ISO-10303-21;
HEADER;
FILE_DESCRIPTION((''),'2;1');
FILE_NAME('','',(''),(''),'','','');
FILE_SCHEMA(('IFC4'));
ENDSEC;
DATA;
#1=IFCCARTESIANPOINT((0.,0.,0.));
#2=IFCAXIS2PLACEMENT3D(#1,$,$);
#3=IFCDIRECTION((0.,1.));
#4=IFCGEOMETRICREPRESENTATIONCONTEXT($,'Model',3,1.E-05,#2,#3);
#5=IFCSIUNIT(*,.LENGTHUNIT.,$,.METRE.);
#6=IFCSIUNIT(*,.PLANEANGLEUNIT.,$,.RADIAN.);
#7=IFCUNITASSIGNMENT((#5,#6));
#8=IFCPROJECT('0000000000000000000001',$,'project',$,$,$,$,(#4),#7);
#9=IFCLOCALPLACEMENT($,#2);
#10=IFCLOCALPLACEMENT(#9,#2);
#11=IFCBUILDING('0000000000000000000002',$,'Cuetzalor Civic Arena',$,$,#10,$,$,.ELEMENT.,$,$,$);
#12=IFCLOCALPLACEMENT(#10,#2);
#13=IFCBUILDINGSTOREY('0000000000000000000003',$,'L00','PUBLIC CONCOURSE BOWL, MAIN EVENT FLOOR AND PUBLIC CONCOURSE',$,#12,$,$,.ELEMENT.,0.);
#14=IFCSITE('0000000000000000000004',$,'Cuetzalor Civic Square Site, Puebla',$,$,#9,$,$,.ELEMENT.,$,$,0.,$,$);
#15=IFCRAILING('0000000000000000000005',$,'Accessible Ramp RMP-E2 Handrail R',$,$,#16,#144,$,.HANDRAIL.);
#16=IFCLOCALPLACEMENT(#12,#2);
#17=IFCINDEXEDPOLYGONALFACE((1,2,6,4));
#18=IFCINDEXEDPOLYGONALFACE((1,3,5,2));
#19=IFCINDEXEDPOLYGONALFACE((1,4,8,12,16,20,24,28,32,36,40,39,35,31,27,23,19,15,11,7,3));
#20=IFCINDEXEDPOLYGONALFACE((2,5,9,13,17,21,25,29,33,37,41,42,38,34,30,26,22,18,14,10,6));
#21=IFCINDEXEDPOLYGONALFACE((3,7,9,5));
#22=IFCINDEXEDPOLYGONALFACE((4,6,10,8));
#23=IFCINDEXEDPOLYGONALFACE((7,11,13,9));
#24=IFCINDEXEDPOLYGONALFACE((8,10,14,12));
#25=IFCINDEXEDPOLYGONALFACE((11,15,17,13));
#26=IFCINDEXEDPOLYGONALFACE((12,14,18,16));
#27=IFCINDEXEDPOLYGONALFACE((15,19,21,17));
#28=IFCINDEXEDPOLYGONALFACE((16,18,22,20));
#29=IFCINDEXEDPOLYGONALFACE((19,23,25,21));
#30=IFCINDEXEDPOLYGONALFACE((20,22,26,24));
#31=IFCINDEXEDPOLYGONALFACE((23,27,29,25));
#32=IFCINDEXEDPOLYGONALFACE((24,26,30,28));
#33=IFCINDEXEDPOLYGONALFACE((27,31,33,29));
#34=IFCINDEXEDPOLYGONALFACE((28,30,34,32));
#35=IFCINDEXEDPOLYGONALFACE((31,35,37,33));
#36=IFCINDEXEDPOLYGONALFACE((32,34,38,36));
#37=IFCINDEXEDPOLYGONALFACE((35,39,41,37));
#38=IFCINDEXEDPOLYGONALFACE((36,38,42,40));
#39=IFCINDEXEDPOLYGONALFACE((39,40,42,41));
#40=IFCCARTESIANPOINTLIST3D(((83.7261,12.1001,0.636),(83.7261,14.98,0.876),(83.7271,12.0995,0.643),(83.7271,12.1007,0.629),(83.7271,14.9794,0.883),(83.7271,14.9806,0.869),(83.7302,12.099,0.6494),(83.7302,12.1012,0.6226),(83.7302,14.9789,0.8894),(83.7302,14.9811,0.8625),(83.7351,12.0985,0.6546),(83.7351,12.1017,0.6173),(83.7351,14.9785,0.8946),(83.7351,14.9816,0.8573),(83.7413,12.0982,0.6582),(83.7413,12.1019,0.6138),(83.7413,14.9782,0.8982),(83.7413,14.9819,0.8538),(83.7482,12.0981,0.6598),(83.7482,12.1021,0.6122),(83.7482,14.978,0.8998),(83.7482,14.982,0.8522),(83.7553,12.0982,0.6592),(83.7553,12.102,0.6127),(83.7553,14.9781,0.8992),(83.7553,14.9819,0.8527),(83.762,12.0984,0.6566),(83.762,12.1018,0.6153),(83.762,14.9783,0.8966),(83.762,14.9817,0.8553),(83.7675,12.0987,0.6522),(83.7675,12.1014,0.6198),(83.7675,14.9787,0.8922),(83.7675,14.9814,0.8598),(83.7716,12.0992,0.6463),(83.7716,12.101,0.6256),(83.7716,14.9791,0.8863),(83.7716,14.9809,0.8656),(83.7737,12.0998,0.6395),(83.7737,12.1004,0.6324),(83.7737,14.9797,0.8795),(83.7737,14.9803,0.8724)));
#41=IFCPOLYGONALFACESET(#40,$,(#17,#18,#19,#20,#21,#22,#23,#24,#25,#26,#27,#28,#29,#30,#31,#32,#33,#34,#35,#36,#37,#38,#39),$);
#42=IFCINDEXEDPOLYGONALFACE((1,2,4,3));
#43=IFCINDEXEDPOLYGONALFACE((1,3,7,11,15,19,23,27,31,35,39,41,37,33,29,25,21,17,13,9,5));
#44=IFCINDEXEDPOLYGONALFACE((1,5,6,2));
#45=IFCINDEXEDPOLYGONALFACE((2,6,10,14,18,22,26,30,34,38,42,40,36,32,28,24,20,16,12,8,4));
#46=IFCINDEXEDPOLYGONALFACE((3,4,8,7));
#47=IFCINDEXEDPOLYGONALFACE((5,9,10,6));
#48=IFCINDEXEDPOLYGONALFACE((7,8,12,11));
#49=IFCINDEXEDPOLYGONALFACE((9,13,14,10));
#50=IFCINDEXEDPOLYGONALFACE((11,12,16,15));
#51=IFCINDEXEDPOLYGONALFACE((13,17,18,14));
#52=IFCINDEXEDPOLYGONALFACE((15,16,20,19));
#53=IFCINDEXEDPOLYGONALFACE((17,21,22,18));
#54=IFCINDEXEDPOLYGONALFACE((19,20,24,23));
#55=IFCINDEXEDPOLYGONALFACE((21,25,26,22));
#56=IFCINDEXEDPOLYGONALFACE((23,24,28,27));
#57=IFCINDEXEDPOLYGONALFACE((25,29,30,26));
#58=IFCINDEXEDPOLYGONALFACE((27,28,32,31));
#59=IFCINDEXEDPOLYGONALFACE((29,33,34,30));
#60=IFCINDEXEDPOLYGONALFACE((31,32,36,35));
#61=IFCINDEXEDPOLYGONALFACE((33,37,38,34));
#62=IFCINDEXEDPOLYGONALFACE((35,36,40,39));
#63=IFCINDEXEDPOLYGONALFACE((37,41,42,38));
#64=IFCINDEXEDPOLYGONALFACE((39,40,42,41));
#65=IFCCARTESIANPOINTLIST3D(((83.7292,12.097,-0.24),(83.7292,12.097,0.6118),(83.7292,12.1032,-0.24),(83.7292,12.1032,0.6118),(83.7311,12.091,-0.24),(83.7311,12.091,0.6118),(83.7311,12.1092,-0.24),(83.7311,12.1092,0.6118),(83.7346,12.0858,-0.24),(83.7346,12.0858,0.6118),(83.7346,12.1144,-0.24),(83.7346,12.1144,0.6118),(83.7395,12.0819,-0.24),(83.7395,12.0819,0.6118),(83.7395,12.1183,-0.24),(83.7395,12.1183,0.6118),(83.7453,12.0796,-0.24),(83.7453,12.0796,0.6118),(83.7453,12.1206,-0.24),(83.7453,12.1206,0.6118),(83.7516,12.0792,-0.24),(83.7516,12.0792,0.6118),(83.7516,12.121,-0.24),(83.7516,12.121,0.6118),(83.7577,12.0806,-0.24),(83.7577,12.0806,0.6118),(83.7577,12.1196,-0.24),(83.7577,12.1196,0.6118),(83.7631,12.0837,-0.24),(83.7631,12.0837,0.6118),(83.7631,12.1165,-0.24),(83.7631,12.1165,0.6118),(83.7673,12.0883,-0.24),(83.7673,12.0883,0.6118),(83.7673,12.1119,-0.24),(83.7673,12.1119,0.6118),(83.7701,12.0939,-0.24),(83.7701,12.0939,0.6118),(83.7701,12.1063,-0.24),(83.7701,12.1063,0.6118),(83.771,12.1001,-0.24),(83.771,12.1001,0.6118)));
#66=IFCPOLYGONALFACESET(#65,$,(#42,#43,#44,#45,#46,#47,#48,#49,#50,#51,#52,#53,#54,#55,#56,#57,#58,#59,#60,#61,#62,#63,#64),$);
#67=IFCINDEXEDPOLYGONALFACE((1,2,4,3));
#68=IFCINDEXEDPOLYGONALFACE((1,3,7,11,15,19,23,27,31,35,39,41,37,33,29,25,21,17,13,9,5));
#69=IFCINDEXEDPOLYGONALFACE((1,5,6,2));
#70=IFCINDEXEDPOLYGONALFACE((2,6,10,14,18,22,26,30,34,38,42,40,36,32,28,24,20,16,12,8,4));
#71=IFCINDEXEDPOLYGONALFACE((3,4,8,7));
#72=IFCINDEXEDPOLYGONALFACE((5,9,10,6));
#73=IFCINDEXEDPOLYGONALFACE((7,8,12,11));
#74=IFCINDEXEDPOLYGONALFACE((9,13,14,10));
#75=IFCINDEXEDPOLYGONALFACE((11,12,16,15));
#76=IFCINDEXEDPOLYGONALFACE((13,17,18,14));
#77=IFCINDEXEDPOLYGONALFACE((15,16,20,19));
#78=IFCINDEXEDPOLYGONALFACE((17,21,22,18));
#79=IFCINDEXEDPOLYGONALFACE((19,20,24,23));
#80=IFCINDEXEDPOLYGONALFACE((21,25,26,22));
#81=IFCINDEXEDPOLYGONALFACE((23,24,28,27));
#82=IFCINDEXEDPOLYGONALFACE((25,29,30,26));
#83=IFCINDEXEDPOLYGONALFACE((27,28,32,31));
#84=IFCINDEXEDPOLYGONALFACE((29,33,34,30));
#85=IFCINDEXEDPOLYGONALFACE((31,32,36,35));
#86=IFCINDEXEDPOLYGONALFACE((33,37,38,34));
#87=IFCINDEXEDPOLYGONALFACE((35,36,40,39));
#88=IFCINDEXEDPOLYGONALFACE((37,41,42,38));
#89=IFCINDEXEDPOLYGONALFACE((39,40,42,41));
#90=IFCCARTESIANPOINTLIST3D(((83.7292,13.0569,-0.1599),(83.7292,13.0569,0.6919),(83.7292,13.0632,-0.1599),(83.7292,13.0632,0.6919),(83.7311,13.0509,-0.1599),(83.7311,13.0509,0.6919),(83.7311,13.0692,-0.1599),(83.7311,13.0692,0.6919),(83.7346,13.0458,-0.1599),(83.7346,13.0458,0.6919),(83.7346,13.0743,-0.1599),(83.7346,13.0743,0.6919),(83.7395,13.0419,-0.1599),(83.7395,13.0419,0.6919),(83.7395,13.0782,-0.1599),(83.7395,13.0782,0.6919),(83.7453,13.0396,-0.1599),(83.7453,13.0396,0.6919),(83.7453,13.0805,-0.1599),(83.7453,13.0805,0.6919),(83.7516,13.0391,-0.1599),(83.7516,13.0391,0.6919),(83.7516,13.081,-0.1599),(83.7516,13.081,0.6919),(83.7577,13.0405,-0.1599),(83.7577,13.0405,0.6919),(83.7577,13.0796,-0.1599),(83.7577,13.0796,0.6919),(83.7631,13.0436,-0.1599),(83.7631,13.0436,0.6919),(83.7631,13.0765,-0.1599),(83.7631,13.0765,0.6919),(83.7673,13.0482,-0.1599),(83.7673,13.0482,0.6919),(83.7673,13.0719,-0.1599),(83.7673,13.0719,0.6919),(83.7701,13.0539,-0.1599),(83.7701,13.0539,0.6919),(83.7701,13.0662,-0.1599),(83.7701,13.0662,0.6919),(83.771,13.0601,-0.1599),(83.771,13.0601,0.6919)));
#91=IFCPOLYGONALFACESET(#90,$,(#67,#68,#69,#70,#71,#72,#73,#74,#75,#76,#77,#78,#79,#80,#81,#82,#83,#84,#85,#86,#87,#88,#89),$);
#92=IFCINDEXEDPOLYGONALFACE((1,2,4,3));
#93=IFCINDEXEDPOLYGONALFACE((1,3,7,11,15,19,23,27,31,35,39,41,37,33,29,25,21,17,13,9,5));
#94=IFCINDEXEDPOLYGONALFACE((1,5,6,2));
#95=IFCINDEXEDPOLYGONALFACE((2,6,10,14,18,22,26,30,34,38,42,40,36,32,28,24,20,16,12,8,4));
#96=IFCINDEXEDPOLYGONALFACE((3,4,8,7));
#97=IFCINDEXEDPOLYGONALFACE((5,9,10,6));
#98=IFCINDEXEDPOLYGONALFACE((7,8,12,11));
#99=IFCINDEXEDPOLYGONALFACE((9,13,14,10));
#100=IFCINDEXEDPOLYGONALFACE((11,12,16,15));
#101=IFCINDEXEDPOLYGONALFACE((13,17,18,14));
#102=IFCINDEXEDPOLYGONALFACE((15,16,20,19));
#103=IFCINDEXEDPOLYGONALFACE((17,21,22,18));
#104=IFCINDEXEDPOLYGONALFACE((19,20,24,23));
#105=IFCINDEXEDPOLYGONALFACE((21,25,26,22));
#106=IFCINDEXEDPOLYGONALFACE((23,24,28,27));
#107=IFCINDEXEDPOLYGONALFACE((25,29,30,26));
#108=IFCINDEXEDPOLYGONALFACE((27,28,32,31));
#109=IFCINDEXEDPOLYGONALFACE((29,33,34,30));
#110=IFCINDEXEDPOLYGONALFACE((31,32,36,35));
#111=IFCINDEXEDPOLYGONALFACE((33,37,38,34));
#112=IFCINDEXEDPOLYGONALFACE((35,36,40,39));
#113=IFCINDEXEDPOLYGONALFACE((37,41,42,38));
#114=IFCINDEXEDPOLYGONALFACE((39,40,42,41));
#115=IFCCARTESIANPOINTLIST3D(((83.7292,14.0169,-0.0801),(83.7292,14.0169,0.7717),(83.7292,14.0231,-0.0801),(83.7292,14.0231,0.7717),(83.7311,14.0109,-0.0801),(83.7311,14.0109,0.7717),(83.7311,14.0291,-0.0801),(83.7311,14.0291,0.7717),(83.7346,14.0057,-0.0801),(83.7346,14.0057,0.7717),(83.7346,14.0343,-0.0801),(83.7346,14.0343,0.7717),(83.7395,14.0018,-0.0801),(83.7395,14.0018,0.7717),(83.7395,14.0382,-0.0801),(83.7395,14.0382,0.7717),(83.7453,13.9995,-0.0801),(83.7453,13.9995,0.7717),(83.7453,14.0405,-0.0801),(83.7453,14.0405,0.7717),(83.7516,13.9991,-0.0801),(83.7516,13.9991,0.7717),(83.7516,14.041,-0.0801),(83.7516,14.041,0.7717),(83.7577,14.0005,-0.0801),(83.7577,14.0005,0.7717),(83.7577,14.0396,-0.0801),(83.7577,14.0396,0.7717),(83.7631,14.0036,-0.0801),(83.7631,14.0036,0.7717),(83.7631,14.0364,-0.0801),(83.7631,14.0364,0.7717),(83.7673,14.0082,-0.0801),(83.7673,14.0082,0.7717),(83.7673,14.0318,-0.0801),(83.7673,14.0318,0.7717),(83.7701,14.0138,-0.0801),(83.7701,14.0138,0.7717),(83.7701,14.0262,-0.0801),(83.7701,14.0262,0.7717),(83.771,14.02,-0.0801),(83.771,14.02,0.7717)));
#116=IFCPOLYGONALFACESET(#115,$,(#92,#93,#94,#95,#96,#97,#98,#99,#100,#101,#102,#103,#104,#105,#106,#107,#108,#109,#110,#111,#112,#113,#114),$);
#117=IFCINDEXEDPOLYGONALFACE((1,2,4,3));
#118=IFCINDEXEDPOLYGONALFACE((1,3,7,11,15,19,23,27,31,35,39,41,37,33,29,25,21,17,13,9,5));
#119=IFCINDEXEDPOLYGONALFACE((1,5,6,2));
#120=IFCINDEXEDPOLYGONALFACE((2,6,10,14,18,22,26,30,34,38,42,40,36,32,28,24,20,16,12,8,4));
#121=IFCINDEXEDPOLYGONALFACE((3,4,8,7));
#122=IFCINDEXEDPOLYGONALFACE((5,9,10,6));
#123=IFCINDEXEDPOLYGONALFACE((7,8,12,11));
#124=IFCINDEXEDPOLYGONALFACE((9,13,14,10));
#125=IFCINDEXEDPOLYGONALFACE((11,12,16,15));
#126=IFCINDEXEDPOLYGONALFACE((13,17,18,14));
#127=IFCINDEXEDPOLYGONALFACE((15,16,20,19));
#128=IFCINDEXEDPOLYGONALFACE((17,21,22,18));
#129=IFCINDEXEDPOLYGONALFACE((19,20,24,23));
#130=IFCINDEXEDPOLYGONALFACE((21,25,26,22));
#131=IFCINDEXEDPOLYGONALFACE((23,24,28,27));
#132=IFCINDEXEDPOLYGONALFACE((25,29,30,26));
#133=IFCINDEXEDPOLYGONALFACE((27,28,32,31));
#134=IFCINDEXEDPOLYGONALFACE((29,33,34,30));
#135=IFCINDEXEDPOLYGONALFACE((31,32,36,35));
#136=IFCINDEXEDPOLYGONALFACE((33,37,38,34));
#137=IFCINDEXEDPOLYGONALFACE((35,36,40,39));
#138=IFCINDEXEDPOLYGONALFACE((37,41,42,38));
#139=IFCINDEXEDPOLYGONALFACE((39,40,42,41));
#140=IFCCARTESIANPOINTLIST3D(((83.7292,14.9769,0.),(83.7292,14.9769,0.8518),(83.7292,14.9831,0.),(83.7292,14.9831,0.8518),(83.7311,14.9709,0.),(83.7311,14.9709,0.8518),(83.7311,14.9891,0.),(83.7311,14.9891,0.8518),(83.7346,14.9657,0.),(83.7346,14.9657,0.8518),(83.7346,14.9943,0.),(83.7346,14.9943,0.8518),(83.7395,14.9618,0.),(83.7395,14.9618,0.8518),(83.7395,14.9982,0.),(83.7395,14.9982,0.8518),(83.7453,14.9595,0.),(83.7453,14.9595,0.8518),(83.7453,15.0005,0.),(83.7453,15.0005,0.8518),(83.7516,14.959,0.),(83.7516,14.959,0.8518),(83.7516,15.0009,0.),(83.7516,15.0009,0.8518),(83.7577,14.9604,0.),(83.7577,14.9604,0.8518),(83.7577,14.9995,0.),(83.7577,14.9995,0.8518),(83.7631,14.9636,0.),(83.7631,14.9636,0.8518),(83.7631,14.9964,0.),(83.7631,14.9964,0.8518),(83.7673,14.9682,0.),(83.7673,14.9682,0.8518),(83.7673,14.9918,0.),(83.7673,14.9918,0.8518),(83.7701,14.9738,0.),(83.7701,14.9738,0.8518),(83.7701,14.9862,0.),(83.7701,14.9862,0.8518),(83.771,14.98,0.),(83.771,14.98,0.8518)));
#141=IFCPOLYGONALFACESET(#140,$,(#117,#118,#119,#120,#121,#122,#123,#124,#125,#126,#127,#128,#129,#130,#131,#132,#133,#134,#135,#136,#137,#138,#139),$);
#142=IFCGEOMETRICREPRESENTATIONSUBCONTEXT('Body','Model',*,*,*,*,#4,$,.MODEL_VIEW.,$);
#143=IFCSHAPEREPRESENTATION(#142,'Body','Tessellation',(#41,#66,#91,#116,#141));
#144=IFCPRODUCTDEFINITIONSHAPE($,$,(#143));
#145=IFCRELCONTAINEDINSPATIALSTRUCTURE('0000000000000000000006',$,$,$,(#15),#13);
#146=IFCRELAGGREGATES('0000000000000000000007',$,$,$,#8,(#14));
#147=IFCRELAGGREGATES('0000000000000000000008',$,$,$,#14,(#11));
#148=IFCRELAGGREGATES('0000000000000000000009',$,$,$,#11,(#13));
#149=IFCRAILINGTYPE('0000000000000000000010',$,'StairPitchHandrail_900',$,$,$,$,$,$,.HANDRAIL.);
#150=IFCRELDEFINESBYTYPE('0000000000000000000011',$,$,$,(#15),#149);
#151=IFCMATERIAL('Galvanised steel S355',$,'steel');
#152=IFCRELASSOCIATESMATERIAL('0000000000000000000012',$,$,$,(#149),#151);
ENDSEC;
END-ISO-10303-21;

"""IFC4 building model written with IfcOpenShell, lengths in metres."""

from ifc_helpers import new_model, si_unit, direction, frame, origin, origin_2d, place, context, subcontext, project, spatial, circle, extrude, material, type_object, element, save


model = new_model("IFC4")

# Units and contexts
model_context = context("Model", 3, precision=1e-05, world=origin(), true_north=direction((0.0, 1.0)))
body_context = subcontext(model_context, "Body", "Model", "MODEL_VIEW")
ifc_project = project(units=[si_unit("LENGTHUNIT", "METRE"), si_unit("PLANEANGLEUNIT", "RADIAN")], contexts=[model_context])

# Site, building, storey
site_placement = place(None, origin())
site = spatial("IfcSite", under=ifc_project, at=site_placement, Name="Cuetzalor Civic Square Site, Puebla", CompositionType="ELEMENT", RefElevation=0.0)
building_placement = place(site_placement, origin())
building = spatial("IfcBuilding", under=site, at=building_placement, Name="Cuetzalor Civic Arena", CompositionType="ELEMENT")
storey_placement = place(building_placement, origin())
storey = spatial("IfcBuildingStorey", under=building, at=storey_placement, Name="L00", Description="PUBLIC CONCOURSE BOWL, MAIN EVENT FLOOR AND PUBLIC CONCOURSE", CompositionType="ELEMENT", Elevation=0.0)

# Railing
ifc_material_1 = material(Name="Galvanised steel S355", Category="steel")
railing_type = type_object("IfcRailingType", Name="StairPitchHandrail_900", PredefinedType="HANDRAIL", material=ifc_material_1)
for number, where, name in (
    (1, (83.75, 12.1001, -0.24), "Accessible Ramp RMP-E2 Handrail R"),
):
    element("IfcRailing", number, at=place(storey_placement, frame(where)), inside=storey, type_object=railing_type, Name=name, PredefinedType="HANDRAIL", context=body_context, shape_type="SweptSolid", body=[
        extrude(circle(Radius=0.0239, at=origin_2d()), frame((0.0, 0.0, 0.876), z_axis=(0.0, 0.996546, 0.083045), x_axis=(-1.0, 0.0, 0.0)), (0.0, 0.0, 1.0), 2.8899),
        extrude(circle(Radius=0.021, at=origin_2d()), origin(), (0.0, 0.0, 1.0), 0.8518),
        extrude(circle(Radius=0.021, at=origin_2d()), frame((0.0, 0.96, 0.0801)), (0.0, 0.0, 1.0), 0.8518),
        extrude(circle(Radius=0.021, at=origin_2d()), frame((0.0, 1.9199, 0.1599)), (0.0, 0.0, 1.0), 0.8518),
        extrude(circle(Radius=0.021, at=origin_2d()), frame((0.0, 2.8799, 0.24)), (0.0, 0.0, 1.0), 0.8518),
    ])

save(model, "model.ifc")
